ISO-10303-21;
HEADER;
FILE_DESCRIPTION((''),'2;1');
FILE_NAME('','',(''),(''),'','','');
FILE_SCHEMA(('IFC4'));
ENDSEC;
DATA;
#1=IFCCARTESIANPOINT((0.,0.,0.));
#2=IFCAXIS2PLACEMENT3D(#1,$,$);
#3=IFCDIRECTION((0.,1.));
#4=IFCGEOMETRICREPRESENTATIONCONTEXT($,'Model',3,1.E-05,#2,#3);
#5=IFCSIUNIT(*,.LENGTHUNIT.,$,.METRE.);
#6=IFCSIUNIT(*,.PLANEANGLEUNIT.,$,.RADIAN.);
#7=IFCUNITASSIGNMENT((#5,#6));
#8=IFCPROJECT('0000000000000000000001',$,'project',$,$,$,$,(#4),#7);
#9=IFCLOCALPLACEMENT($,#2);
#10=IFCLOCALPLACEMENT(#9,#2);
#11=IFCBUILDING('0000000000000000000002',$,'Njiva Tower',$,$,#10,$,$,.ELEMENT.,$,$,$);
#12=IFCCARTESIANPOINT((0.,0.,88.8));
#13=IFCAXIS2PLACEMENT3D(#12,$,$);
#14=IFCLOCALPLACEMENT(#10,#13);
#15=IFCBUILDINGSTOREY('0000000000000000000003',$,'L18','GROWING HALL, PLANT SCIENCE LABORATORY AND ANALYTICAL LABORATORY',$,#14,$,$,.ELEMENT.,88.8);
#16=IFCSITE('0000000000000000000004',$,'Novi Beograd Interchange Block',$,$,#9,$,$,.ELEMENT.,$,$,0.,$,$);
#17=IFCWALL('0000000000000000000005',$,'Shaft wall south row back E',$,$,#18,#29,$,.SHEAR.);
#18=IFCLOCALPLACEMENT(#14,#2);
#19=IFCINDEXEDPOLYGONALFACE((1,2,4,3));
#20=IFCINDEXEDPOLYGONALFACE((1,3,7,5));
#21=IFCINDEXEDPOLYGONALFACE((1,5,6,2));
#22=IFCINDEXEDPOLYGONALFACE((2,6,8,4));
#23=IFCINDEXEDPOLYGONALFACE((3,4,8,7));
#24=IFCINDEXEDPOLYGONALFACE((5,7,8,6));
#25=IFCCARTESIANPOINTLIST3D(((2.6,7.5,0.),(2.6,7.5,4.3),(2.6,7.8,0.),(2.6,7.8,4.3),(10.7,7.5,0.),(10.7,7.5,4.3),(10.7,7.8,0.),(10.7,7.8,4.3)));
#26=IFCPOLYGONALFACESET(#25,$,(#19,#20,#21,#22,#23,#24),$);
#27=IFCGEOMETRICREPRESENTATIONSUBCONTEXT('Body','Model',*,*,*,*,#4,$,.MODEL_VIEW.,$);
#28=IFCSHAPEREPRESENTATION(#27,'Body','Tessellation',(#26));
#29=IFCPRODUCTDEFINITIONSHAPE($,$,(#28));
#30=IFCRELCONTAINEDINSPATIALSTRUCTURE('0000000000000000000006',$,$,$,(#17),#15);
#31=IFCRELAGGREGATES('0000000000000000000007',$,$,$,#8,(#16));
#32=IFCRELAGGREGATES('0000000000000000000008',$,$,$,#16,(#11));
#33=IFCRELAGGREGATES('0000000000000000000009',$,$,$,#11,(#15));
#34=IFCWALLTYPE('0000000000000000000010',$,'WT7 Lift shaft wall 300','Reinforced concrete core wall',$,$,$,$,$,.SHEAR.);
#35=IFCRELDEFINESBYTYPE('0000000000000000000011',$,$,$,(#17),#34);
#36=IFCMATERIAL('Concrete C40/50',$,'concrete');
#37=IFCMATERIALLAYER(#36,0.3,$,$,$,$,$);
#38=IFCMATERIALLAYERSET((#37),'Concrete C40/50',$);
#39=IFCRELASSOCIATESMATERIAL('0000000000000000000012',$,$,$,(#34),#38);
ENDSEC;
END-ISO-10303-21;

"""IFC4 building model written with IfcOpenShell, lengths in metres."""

from ifc_helpers import new_model, si_unit, direction, frame, frame_2d, origin, place, context, subcontext, project, spatial, rectangle, extrude, material, layer, layer_set, type_object, element, save


model = new_model("IFC4")

# Units and contexts
model_context = context("Model", 3, precision=1e-05, world=origin(), true_north=direction((0.0, 1.0)))
body_context = subcontext(model_context, "Body", "Model", "MODEL_VIEW")
ifc_project = project(units=[si_unit("LENGTHUNIT", "METRE"), si_unit("PLANEANGLEUNIT", "RADIAN")], contexts=[model_context])

# Site, building, storey
site_placement = place(None, origin())
site = spatial("IfcSite", under=ifc_project, at=site_placement, Name="Novi Beograd Interchange Block", CompositionType="ELEMENT", RefElevation=0.0)
building_placement = place(site_placement, origin())
building = spatial("IfcBuilding", under=site, at=building_placement, Name="Njiva Tower", CompositionType="ELEMENT")
storey_placement = place(building_placement, frame((0.0, 0.0, 88.8)))
storey = spatial("IfcBuildingStorey", under=building, at=storey_placement, Name="L18", Description="GROWING HALL, PLANT SCIENCE LABORATORY AND ANALYTICAL LABORATORY", CompositionType="ELEMENT", Elevation=88.8)

# Shared definitions
ifc_material_1 = material(Name="Concrete C40/50", Category="concrete")

# Wall
ifc_layer_1 = layer(ifc_material_1, 0.3)
ifc_layer_set_1 = layer_set([ifc_layer_1], Name="Concrete C40/50")
wall_type_1 = type_object("IfcWallType", Name="WT7 Lift shaft wall 300", Description="Reinforced concrete core wall", PredefinedType="SHEAR", material=ifc_layer_set_1)
wall_1_placement = place(storey_placement, frame((2.6, 7.65, 0.0), z_axis=(0.0, 0.0, 1.0), x_axis=(1.0, 0.0, 0.0)))
element("IfcWall", 1, at=wall_1_placement, inside=storey, type_object=wall_type_1, Name="Shaft wall south row back E", PredefinedType="SHEAR", context=body_context, shape_type="SweptSolid", body=[
    extrude(rectangle(XDim=8.1, YDim=0.3, at=frame_2d((4.05, 0.0))), origin(), (0.0, 0.0, 1.0), 4.3),
])

save(model, "model.ifc")
